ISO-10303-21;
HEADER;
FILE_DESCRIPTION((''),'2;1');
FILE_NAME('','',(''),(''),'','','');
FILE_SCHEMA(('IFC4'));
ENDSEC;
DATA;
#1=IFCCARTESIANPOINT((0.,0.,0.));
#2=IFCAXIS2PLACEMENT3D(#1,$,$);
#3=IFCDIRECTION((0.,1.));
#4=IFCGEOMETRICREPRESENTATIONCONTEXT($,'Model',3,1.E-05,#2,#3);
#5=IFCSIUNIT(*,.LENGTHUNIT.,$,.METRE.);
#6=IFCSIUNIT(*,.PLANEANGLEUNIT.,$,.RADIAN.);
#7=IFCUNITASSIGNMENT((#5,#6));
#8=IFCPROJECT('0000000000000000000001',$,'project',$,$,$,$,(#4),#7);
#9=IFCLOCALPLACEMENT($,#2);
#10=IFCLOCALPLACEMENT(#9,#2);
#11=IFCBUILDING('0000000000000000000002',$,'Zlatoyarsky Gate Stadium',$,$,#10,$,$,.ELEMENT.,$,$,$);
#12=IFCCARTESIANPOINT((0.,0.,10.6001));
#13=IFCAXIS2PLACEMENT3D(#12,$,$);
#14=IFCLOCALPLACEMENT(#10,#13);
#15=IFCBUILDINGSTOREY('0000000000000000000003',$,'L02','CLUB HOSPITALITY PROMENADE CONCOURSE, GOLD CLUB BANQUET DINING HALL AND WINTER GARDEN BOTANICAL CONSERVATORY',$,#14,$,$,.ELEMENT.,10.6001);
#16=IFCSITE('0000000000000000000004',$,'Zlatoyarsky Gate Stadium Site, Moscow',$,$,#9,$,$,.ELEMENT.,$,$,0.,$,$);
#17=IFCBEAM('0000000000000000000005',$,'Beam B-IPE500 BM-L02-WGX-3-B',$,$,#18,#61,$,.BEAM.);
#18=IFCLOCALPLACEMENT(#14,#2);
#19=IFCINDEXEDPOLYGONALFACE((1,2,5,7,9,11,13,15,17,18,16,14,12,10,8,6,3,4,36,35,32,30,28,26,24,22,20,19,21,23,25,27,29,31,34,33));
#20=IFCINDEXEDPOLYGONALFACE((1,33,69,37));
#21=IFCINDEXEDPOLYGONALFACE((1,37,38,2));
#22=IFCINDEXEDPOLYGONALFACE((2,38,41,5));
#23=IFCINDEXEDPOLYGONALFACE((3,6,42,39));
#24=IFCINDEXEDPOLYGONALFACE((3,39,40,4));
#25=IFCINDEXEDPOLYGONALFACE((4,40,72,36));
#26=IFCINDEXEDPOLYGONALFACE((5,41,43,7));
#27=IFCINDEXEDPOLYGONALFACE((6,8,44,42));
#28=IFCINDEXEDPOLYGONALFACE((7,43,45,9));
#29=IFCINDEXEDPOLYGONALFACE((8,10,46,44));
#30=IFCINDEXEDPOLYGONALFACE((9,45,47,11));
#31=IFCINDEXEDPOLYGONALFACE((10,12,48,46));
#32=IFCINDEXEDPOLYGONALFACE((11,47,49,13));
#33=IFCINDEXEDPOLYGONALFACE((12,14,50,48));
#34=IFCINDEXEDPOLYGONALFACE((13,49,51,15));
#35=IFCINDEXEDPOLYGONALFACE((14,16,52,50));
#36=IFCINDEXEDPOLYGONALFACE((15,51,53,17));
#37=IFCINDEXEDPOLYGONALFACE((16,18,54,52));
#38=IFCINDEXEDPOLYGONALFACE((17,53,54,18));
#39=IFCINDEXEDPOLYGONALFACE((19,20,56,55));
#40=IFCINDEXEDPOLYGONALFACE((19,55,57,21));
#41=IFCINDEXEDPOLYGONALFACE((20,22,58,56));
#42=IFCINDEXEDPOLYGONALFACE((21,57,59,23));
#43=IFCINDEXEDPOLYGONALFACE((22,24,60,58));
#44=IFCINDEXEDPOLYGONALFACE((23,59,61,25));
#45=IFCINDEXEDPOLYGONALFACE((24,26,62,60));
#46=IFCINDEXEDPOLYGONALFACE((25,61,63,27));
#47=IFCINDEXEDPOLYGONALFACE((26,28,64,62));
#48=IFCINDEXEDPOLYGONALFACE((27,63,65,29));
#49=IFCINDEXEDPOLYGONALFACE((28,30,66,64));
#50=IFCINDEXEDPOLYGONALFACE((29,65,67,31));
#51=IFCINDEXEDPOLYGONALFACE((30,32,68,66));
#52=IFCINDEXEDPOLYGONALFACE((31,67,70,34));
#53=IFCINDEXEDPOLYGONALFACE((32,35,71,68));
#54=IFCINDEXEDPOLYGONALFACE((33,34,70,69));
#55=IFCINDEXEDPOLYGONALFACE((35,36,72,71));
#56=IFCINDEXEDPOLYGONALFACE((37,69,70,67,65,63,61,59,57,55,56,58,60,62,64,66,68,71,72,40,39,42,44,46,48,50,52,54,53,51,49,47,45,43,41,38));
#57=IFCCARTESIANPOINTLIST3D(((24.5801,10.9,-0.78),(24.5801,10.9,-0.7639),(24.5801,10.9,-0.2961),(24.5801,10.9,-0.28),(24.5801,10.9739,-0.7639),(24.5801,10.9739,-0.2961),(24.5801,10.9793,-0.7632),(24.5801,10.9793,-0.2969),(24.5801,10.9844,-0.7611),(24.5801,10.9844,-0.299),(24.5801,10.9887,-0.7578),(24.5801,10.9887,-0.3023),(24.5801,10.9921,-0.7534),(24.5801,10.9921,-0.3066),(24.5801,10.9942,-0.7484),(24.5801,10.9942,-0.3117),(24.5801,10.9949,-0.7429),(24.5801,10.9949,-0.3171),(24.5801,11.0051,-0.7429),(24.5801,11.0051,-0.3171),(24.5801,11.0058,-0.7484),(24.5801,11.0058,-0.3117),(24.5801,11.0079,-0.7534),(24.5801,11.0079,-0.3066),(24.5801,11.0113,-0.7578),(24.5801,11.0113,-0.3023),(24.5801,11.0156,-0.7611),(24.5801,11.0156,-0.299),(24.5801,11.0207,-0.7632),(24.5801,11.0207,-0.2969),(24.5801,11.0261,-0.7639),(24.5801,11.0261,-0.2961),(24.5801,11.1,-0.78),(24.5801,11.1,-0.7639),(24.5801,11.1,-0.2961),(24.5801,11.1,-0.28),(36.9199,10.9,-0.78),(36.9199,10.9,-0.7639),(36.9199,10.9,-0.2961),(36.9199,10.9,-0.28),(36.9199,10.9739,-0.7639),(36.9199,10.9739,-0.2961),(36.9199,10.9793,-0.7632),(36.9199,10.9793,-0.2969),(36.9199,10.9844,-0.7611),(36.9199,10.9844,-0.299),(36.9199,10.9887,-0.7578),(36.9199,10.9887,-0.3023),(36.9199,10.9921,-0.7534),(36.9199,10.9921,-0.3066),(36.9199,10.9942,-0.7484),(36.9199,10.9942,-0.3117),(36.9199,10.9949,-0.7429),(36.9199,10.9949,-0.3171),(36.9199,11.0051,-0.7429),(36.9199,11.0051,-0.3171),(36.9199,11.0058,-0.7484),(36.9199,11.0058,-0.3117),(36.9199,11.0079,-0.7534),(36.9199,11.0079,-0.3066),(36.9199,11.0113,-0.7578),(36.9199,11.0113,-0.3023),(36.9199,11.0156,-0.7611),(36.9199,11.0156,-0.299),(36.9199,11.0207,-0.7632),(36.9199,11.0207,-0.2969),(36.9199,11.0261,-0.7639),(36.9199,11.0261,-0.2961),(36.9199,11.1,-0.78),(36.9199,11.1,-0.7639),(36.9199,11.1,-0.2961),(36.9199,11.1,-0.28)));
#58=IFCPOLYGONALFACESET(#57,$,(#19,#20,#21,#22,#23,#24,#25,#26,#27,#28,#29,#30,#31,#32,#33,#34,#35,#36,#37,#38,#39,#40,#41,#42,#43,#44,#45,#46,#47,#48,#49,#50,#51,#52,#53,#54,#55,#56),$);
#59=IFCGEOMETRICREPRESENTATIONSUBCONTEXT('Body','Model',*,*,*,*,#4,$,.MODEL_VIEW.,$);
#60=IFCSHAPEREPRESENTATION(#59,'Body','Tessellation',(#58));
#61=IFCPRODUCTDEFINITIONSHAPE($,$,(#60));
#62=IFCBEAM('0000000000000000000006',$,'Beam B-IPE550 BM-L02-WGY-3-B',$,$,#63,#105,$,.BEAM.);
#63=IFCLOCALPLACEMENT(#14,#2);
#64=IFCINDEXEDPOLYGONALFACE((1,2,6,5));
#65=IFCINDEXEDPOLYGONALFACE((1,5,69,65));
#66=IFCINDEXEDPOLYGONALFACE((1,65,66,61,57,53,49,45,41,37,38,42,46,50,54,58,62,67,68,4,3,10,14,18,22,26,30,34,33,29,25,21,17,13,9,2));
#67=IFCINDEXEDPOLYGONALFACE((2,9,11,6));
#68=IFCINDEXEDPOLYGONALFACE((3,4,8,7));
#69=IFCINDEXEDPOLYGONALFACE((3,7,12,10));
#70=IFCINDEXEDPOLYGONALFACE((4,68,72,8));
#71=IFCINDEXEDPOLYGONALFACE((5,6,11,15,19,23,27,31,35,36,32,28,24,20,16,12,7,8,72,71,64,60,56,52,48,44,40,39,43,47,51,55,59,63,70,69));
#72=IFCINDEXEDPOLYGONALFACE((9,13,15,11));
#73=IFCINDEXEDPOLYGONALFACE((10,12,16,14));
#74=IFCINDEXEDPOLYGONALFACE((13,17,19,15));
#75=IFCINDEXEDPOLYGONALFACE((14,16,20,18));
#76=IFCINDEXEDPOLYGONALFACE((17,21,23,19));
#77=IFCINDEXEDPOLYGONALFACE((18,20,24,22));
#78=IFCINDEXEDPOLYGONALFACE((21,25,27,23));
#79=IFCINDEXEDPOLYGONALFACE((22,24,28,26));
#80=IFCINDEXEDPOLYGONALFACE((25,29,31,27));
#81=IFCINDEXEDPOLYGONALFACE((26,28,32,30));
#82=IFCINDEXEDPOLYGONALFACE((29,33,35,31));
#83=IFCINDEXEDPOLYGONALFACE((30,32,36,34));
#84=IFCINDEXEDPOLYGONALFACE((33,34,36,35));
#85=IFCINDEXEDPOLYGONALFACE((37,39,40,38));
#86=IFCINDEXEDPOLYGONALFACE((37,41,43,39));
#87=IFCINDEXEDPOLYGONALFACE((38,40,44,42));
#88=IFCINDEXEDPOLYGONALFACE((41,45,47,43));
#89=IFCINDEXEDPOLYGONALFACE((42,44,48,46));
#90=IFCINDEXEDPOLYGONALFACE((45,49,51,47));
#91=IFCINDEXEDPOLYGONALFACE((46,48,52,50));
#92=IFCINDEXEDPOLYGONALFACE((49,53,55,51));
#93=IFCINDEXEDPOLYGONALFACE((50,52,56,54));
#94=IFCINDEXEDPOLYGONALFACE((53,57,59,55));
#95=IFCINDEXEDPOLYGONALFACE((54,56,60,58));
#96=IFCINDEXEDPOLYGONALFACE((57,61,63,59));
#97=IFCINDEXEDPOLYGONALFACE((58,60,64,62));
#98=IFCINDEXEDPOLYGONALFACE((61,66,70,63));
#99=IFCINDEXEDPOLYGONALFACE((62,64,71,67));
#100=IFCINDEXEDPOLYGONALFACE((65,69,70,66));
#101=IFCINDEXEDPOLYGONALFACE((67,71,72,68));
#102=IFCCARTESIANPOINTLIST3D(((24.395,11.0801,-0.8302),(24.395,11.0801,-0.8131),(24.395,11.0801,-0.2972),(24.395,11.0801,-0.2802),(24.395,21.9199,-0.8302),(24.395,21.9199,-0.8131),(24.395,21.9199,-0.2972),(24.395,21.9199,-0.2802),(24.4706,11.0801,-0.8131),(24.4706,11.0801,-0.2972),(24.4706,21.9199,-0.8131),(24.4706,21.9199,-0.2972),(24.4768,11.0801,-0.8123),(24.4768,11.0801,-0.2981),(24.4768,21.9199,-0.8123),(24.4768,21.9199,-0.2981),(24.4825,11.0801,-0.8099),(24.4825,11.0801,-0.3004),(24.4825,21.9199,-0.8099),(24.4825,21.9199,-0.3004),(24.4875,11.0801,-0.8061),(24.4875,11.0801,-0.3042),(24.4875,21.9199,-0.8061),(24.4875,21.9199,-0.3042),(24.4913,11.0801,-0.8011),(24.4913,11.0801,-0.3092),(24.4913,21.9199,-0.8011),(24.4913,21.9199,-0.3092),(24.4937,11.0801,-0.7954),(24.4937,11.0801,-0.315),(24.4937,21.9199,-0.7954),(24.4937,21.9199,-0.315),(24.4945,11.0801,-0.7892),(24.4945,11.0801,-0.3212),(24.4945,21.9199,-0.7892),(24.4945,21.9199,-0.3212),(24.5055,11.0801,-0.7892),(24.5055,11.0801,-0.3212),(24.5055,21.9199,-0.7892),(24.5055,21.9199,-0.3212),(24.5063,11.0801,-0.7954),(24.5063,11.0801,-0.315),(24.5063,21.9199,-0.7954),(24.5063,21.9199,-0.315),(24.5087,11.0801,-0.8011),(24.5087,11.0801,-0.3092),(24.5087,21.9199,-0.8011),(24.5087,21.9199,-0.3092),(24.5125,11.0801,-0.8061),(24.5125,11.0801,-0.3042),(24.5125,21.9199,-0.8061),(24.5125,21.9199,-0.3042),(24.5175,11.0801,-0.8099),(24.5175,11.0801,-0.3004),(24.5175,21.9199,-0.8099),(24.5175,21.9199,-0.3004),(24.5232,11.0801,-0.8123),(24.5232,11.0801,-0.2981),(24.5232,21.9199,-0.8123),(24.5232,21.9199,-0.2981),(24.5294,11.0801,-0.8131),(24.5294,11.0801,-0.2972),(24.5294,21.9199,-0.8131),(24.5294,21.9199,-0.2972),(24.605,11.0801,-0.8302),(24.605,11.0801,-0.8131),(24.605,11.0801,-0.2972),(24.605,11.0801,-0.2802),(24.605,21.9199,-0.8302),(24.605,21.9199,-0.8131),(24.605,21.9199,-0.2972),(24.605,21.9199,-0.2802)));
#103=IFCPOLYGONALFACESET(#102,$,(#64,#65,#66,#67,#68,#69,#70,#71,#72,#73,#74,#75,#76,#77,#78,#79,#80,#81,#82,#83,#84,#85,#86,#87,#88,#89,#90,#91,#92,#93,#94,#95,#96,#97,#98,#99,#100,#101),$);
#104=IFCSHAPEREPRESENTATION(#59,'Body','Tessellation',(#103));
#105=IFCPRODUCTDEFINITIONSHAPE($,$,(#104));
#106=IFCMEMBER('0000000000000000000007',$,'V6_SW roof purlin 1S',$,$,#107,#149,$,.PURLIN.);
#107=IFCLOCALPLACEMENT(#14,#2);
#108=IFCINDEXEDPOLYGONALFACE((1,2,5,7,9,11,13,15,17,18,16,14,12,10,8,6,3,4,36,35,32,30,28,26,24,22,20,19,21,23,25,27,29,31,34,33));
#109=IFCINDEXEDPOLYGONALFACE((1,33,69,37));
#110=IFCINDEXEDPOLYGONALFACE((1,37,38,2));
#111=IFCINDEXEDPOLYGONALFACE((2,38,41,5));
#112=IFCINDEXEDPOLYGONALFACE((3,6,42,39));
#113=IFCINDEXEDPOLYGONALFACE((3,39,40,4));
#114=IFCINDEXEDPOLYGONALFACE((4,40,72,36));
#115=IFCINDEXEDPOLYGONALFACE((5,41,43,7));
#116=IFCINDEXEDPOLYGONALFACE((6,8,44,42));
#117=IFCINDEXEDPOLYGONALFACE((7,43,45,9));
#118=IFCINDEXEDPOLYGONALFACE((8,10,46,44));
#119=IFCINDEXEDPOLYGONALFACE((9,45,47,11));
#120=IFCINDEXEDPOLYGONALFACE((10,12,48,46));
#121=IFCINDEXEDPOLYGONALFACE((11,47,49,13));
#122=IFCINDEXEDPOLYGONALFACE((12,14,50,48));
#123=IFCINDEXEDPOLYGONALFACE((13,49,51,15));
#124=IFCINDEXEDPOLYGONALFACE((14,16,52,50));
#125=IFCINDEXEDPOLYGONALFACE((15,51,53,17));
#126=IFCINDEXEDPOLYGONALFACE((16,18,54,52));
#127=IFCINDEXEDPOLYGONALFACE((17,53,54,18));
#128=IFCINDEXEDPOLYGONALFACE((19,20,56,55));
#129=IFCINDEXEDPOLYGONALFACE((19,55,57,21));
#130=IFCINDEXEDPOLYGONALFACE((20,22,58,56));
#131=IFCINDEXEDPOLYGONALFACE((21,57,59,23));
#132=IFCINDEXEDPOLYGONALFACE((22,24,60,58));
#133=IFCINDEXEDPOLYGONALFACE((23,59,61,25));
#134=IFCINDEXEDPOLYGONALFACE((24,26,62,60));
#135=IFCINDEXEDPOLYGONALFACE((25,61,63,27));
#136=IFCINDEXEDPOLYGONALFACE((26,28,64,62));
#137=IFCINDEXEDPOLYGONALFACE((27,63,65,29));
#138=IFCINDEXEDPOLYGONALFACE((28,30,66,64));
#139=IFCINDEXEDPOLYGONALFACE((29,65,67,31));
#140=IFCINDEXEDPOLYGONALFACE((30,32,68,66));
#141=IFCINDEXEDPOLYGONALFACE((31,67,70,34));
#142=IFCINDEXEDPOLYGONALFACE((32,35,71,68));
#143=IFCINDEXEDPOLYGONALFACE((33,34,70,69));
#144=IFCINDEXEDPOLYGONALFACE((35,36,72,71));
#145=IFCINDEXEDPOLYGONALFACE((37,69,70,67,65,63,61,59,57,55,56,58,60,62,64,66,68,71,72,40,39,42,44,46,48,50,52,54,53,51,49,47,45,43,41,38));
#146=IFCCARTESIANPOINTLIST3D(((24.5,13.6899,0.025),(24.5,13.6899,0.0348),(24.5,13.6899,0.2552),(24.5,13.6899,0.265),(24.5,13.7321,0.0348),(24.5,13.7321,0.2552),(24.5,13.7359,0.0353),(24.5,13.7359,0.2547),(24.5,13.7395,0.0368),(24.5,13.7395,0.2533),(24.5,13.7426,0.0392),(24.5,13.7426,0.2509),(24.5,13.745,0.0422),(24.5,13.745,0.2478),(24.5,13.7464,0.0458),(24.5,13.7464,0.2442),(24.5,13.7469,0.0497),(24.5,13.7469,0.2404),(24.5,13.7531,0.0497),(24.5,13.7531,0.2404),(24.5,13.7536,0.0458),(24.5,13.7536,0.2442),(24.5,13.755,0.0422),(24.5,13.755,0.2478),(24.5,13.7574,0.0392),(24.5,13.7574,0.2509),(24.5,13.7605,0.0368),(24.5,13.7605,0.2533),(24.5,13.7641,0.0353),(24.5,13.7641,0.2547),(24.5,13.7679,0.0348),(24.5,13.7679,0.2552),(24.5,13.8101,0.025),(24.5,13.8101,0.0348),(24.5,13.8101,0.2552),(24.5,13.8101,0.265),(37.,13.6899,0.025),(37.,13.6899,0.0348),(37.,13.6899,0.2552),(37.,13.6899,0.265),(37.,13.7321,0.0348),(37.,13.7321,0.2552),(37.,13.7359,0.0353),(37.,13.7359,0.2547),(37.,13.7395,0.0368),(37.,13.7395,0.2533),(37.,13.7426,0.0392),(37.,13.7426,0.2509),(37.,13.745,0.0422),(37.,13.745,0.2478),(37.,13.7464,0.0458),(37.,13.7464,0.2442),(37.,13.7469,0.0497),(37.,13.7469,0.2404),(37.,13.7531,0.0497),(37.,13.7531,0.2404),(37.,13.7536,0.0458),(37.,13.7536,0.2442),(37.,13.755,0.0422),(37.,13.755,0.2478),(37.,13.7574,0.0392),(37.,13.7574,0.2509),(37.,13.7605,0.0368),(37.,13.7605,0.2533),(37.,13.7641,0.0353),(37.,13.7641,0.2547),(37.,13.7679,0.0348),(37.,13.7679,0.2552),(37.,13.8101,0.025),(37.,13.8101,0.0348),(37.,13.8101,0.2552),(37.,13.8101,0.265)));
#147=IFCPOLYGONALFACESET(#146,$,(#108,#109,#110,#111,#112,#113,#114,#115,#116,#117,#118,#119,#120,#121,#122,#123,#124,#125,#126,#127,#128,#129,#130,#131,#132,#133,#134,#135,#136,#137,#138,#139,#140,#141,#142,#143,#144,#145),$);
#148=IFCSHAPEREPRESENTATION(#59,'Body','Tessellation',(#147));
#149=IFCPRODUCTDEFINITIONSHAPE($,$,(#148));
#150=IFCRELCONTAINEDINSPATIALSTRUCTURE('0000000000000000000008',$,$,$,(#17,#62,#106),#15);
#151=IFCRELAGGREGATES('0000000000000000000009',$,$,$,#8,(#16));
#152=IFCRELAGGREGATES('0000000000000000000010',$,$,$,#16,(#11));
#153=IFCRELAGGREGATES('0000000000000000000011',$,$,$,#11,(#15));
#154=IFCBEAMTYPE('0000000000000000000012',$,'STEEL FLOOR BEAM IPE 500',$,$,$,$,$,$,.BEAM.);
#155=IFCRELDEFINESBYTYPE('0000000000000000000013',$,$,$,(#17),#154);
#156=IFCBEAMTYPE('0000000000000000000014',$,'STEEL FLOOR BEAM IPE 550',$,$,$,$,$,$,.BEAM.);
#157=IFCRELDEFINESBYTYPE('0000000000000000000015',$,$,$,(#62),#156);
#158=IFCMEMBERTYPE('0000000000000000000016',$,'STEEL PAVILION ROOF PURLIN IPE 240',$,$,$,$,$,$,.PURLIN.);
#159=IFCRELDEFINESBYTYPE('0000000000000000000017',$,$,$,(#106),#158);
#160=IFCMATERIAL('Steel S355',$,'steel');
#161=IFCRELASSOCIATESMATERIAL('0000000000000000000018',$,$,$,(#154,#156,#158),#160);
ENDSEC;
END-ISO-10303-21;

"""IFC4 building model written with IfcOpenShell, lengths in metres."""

from ifc_helpers import new_model, si_unit, direction, frame, origin, origin_2d, place, context, subcontext, project, spatial, i_section, extrude, material, material_profile, profile_set, type_object, element, save


model = new_model("IFC4")

# Units and contexts
model_context = context("Model", 3, precision=1e-05, world=origin(), true_north=direction((0.0, 1.0)))
body_context = subcontext(model_context, "Body", "Model", "MODEL_VIEW")
ifc_project = project(units=[si_unit("LENGTHUNIT", "METRE"), si_unit("PLANEANGLEUNIT", "RADIAN")], contexts=[model_context])

# Site, building, storey
site_placement = place(None, origin())
site = spatial("IfcSite", under=ifc_project, at=site_placement, Name="Zlatoyarsky Gate Stadium Site, Moscow", CompositionType="ELEMENT", RefElevation=0.0)
building_placement = place(site_placement, origin())
building = spatial("IfcBuilding", under=site, at=building_placement, Name="Zlatoyarsky Gate Stadium", CompositionType="ELEMENT")
storey_placement = place(building_placement, frame((0.0, 0.0, 10.6001)))
storey = spatial("IfcBuildingStorey", under=building, at=storey_placement, Name="L02", Description="CLUB HOSPITALITY PROMENADE CONCOURSE, GOLD CLUB BANQUET DINING HALL AND WINTER GARDEN BOTANICAL CONSERVATORY", CompositionType="ELEMENT", Elevation=10.6001)

# Beams
ifc_material_1 = material(Name="Steel S355", Category="steel")
ifc_material_profile_1 = material_profile(ifc_material_1, i_section(OverallWidth=0.2, OverallDepth=0.5, WebThickness=0.0103, FlangeThickness=0.0161, FilletRadius=0.021, at=origin_2d()), Name="IPE 500")
ifc_profile_set_1 = profile_set([ifc_material_profile_1], Name="Steel S355")
beam_type_1 = type_object("IfcBeamType", Name="STEEL FLOOR BEAM IPE 500", PredefinedType="BEAM", material=ifc_profile_set_1)
beam_1_placement = place(storey_placement, frame((24.5801, 11.0, -0.53), z_axis=(1.0, 0.0, 0.0), x_axis=(0.0, 1.0, 0.0)))
element("IfcBeam", 1, at=beam_1_placement, inside=storey, type_object=beam_type_1, Name="Beam B-IPE500 BM-L02-WGX-3-B", PredefinedType="BEAM", context=body_context, shape_type="SweptSolid", body=[
    extrude(i_section(OverallWidth=0.2, OverallDepth=0.5, WebThickness=0.0103, FlangeThickness=0.0161, FilletRadius=0.021, at=origin_2d()), origin(), (0.0, 0.0, 1.0), 12.3398),
])
ifc_material_profile_2 = material_profile(ifc_material_1, i_section(OverallWidth=0.21, OverallDepth=0.55, WebThickness=0.011, FlangeThickness=0.0171, FilletRadius=0.0239, at=origin_2d()), Name="IPE 550")
ifc_profile_set_2 = profile_set([ifc_material_profile_2], Name="Steel S355")
beam_type_2 = type_object("IfcBeamType", Name="STEEL FLOOR BEAM IPE 550", PredefinedType="BEAM", material=ifc_profile_set_2)
beam_2_placement = place(storey_placement, frame((24.5, 11.0801, -0.5552), z_axis=(0.0, 1.0, 0.0), x_axis=(-1.0, 0.0, 0.0)))
element("IfcBeam", 2, at=beam_2_placement, inside=storey, type_object=beam_type_2, Name="Beam B-IPE550 BM-L02-WGY-3-B", PredefinedType="BEAM", context=body_context, shape_type="SweptSolid", body=[
    extrude(i_section(OverallWidth=0.21, OverallDepth=0.55, WebThickness=0.011, FlangeThickness=0.0171, FilletRadius=0.0239, at=origin_2d()), origin(), (0.0, 0.0, 1.0), 10.8398),
])

# Member
ifc_material_profile_3 = material_profile(ifc_material_1, i_section(OverallWidth=0.1201, OverallDepth=0.24, WebThickness=0.0061, FlangeThickness=0.0098, FilletRadius=0.0149, at=origin_2d()), Name="IPE 240")
ifc_profile_set_3 = profile_set([ifc_material_profile_3], Name="Steel S355")
member_type_1 = type_object("IfcMemberType", Name="STEEL PAVILION ROOF PURLIN IPE 240", PredefinedType="PURLIN", material=ifc_profile_set_3)
member_1_placement = place(storey_placement, frame((24.5, 13.75, 0.145), z_axis=(1.0, 0.0, 0.0), x_axis=(0.0, 1.0, 0.0)))
element("IfcMember", 3, at=member_1_placement, inside=storey, type_object=member_type_1, Name="V6_SW roof purlin 1S", PredefinedType="PURLIN", context=body_context, shape_type="SweptSolid", body=[
    extrude(i_section(OverallWidth=0.1201, OverallDepth=0.24, WebThickness=0.0061, FlangeThickness=0.0098, FilletRadius=0.0149, at=origin_2d()), origin(), (0.0, 0.0, 1.0), 12.5),
])

save(model, "model.ifc")
